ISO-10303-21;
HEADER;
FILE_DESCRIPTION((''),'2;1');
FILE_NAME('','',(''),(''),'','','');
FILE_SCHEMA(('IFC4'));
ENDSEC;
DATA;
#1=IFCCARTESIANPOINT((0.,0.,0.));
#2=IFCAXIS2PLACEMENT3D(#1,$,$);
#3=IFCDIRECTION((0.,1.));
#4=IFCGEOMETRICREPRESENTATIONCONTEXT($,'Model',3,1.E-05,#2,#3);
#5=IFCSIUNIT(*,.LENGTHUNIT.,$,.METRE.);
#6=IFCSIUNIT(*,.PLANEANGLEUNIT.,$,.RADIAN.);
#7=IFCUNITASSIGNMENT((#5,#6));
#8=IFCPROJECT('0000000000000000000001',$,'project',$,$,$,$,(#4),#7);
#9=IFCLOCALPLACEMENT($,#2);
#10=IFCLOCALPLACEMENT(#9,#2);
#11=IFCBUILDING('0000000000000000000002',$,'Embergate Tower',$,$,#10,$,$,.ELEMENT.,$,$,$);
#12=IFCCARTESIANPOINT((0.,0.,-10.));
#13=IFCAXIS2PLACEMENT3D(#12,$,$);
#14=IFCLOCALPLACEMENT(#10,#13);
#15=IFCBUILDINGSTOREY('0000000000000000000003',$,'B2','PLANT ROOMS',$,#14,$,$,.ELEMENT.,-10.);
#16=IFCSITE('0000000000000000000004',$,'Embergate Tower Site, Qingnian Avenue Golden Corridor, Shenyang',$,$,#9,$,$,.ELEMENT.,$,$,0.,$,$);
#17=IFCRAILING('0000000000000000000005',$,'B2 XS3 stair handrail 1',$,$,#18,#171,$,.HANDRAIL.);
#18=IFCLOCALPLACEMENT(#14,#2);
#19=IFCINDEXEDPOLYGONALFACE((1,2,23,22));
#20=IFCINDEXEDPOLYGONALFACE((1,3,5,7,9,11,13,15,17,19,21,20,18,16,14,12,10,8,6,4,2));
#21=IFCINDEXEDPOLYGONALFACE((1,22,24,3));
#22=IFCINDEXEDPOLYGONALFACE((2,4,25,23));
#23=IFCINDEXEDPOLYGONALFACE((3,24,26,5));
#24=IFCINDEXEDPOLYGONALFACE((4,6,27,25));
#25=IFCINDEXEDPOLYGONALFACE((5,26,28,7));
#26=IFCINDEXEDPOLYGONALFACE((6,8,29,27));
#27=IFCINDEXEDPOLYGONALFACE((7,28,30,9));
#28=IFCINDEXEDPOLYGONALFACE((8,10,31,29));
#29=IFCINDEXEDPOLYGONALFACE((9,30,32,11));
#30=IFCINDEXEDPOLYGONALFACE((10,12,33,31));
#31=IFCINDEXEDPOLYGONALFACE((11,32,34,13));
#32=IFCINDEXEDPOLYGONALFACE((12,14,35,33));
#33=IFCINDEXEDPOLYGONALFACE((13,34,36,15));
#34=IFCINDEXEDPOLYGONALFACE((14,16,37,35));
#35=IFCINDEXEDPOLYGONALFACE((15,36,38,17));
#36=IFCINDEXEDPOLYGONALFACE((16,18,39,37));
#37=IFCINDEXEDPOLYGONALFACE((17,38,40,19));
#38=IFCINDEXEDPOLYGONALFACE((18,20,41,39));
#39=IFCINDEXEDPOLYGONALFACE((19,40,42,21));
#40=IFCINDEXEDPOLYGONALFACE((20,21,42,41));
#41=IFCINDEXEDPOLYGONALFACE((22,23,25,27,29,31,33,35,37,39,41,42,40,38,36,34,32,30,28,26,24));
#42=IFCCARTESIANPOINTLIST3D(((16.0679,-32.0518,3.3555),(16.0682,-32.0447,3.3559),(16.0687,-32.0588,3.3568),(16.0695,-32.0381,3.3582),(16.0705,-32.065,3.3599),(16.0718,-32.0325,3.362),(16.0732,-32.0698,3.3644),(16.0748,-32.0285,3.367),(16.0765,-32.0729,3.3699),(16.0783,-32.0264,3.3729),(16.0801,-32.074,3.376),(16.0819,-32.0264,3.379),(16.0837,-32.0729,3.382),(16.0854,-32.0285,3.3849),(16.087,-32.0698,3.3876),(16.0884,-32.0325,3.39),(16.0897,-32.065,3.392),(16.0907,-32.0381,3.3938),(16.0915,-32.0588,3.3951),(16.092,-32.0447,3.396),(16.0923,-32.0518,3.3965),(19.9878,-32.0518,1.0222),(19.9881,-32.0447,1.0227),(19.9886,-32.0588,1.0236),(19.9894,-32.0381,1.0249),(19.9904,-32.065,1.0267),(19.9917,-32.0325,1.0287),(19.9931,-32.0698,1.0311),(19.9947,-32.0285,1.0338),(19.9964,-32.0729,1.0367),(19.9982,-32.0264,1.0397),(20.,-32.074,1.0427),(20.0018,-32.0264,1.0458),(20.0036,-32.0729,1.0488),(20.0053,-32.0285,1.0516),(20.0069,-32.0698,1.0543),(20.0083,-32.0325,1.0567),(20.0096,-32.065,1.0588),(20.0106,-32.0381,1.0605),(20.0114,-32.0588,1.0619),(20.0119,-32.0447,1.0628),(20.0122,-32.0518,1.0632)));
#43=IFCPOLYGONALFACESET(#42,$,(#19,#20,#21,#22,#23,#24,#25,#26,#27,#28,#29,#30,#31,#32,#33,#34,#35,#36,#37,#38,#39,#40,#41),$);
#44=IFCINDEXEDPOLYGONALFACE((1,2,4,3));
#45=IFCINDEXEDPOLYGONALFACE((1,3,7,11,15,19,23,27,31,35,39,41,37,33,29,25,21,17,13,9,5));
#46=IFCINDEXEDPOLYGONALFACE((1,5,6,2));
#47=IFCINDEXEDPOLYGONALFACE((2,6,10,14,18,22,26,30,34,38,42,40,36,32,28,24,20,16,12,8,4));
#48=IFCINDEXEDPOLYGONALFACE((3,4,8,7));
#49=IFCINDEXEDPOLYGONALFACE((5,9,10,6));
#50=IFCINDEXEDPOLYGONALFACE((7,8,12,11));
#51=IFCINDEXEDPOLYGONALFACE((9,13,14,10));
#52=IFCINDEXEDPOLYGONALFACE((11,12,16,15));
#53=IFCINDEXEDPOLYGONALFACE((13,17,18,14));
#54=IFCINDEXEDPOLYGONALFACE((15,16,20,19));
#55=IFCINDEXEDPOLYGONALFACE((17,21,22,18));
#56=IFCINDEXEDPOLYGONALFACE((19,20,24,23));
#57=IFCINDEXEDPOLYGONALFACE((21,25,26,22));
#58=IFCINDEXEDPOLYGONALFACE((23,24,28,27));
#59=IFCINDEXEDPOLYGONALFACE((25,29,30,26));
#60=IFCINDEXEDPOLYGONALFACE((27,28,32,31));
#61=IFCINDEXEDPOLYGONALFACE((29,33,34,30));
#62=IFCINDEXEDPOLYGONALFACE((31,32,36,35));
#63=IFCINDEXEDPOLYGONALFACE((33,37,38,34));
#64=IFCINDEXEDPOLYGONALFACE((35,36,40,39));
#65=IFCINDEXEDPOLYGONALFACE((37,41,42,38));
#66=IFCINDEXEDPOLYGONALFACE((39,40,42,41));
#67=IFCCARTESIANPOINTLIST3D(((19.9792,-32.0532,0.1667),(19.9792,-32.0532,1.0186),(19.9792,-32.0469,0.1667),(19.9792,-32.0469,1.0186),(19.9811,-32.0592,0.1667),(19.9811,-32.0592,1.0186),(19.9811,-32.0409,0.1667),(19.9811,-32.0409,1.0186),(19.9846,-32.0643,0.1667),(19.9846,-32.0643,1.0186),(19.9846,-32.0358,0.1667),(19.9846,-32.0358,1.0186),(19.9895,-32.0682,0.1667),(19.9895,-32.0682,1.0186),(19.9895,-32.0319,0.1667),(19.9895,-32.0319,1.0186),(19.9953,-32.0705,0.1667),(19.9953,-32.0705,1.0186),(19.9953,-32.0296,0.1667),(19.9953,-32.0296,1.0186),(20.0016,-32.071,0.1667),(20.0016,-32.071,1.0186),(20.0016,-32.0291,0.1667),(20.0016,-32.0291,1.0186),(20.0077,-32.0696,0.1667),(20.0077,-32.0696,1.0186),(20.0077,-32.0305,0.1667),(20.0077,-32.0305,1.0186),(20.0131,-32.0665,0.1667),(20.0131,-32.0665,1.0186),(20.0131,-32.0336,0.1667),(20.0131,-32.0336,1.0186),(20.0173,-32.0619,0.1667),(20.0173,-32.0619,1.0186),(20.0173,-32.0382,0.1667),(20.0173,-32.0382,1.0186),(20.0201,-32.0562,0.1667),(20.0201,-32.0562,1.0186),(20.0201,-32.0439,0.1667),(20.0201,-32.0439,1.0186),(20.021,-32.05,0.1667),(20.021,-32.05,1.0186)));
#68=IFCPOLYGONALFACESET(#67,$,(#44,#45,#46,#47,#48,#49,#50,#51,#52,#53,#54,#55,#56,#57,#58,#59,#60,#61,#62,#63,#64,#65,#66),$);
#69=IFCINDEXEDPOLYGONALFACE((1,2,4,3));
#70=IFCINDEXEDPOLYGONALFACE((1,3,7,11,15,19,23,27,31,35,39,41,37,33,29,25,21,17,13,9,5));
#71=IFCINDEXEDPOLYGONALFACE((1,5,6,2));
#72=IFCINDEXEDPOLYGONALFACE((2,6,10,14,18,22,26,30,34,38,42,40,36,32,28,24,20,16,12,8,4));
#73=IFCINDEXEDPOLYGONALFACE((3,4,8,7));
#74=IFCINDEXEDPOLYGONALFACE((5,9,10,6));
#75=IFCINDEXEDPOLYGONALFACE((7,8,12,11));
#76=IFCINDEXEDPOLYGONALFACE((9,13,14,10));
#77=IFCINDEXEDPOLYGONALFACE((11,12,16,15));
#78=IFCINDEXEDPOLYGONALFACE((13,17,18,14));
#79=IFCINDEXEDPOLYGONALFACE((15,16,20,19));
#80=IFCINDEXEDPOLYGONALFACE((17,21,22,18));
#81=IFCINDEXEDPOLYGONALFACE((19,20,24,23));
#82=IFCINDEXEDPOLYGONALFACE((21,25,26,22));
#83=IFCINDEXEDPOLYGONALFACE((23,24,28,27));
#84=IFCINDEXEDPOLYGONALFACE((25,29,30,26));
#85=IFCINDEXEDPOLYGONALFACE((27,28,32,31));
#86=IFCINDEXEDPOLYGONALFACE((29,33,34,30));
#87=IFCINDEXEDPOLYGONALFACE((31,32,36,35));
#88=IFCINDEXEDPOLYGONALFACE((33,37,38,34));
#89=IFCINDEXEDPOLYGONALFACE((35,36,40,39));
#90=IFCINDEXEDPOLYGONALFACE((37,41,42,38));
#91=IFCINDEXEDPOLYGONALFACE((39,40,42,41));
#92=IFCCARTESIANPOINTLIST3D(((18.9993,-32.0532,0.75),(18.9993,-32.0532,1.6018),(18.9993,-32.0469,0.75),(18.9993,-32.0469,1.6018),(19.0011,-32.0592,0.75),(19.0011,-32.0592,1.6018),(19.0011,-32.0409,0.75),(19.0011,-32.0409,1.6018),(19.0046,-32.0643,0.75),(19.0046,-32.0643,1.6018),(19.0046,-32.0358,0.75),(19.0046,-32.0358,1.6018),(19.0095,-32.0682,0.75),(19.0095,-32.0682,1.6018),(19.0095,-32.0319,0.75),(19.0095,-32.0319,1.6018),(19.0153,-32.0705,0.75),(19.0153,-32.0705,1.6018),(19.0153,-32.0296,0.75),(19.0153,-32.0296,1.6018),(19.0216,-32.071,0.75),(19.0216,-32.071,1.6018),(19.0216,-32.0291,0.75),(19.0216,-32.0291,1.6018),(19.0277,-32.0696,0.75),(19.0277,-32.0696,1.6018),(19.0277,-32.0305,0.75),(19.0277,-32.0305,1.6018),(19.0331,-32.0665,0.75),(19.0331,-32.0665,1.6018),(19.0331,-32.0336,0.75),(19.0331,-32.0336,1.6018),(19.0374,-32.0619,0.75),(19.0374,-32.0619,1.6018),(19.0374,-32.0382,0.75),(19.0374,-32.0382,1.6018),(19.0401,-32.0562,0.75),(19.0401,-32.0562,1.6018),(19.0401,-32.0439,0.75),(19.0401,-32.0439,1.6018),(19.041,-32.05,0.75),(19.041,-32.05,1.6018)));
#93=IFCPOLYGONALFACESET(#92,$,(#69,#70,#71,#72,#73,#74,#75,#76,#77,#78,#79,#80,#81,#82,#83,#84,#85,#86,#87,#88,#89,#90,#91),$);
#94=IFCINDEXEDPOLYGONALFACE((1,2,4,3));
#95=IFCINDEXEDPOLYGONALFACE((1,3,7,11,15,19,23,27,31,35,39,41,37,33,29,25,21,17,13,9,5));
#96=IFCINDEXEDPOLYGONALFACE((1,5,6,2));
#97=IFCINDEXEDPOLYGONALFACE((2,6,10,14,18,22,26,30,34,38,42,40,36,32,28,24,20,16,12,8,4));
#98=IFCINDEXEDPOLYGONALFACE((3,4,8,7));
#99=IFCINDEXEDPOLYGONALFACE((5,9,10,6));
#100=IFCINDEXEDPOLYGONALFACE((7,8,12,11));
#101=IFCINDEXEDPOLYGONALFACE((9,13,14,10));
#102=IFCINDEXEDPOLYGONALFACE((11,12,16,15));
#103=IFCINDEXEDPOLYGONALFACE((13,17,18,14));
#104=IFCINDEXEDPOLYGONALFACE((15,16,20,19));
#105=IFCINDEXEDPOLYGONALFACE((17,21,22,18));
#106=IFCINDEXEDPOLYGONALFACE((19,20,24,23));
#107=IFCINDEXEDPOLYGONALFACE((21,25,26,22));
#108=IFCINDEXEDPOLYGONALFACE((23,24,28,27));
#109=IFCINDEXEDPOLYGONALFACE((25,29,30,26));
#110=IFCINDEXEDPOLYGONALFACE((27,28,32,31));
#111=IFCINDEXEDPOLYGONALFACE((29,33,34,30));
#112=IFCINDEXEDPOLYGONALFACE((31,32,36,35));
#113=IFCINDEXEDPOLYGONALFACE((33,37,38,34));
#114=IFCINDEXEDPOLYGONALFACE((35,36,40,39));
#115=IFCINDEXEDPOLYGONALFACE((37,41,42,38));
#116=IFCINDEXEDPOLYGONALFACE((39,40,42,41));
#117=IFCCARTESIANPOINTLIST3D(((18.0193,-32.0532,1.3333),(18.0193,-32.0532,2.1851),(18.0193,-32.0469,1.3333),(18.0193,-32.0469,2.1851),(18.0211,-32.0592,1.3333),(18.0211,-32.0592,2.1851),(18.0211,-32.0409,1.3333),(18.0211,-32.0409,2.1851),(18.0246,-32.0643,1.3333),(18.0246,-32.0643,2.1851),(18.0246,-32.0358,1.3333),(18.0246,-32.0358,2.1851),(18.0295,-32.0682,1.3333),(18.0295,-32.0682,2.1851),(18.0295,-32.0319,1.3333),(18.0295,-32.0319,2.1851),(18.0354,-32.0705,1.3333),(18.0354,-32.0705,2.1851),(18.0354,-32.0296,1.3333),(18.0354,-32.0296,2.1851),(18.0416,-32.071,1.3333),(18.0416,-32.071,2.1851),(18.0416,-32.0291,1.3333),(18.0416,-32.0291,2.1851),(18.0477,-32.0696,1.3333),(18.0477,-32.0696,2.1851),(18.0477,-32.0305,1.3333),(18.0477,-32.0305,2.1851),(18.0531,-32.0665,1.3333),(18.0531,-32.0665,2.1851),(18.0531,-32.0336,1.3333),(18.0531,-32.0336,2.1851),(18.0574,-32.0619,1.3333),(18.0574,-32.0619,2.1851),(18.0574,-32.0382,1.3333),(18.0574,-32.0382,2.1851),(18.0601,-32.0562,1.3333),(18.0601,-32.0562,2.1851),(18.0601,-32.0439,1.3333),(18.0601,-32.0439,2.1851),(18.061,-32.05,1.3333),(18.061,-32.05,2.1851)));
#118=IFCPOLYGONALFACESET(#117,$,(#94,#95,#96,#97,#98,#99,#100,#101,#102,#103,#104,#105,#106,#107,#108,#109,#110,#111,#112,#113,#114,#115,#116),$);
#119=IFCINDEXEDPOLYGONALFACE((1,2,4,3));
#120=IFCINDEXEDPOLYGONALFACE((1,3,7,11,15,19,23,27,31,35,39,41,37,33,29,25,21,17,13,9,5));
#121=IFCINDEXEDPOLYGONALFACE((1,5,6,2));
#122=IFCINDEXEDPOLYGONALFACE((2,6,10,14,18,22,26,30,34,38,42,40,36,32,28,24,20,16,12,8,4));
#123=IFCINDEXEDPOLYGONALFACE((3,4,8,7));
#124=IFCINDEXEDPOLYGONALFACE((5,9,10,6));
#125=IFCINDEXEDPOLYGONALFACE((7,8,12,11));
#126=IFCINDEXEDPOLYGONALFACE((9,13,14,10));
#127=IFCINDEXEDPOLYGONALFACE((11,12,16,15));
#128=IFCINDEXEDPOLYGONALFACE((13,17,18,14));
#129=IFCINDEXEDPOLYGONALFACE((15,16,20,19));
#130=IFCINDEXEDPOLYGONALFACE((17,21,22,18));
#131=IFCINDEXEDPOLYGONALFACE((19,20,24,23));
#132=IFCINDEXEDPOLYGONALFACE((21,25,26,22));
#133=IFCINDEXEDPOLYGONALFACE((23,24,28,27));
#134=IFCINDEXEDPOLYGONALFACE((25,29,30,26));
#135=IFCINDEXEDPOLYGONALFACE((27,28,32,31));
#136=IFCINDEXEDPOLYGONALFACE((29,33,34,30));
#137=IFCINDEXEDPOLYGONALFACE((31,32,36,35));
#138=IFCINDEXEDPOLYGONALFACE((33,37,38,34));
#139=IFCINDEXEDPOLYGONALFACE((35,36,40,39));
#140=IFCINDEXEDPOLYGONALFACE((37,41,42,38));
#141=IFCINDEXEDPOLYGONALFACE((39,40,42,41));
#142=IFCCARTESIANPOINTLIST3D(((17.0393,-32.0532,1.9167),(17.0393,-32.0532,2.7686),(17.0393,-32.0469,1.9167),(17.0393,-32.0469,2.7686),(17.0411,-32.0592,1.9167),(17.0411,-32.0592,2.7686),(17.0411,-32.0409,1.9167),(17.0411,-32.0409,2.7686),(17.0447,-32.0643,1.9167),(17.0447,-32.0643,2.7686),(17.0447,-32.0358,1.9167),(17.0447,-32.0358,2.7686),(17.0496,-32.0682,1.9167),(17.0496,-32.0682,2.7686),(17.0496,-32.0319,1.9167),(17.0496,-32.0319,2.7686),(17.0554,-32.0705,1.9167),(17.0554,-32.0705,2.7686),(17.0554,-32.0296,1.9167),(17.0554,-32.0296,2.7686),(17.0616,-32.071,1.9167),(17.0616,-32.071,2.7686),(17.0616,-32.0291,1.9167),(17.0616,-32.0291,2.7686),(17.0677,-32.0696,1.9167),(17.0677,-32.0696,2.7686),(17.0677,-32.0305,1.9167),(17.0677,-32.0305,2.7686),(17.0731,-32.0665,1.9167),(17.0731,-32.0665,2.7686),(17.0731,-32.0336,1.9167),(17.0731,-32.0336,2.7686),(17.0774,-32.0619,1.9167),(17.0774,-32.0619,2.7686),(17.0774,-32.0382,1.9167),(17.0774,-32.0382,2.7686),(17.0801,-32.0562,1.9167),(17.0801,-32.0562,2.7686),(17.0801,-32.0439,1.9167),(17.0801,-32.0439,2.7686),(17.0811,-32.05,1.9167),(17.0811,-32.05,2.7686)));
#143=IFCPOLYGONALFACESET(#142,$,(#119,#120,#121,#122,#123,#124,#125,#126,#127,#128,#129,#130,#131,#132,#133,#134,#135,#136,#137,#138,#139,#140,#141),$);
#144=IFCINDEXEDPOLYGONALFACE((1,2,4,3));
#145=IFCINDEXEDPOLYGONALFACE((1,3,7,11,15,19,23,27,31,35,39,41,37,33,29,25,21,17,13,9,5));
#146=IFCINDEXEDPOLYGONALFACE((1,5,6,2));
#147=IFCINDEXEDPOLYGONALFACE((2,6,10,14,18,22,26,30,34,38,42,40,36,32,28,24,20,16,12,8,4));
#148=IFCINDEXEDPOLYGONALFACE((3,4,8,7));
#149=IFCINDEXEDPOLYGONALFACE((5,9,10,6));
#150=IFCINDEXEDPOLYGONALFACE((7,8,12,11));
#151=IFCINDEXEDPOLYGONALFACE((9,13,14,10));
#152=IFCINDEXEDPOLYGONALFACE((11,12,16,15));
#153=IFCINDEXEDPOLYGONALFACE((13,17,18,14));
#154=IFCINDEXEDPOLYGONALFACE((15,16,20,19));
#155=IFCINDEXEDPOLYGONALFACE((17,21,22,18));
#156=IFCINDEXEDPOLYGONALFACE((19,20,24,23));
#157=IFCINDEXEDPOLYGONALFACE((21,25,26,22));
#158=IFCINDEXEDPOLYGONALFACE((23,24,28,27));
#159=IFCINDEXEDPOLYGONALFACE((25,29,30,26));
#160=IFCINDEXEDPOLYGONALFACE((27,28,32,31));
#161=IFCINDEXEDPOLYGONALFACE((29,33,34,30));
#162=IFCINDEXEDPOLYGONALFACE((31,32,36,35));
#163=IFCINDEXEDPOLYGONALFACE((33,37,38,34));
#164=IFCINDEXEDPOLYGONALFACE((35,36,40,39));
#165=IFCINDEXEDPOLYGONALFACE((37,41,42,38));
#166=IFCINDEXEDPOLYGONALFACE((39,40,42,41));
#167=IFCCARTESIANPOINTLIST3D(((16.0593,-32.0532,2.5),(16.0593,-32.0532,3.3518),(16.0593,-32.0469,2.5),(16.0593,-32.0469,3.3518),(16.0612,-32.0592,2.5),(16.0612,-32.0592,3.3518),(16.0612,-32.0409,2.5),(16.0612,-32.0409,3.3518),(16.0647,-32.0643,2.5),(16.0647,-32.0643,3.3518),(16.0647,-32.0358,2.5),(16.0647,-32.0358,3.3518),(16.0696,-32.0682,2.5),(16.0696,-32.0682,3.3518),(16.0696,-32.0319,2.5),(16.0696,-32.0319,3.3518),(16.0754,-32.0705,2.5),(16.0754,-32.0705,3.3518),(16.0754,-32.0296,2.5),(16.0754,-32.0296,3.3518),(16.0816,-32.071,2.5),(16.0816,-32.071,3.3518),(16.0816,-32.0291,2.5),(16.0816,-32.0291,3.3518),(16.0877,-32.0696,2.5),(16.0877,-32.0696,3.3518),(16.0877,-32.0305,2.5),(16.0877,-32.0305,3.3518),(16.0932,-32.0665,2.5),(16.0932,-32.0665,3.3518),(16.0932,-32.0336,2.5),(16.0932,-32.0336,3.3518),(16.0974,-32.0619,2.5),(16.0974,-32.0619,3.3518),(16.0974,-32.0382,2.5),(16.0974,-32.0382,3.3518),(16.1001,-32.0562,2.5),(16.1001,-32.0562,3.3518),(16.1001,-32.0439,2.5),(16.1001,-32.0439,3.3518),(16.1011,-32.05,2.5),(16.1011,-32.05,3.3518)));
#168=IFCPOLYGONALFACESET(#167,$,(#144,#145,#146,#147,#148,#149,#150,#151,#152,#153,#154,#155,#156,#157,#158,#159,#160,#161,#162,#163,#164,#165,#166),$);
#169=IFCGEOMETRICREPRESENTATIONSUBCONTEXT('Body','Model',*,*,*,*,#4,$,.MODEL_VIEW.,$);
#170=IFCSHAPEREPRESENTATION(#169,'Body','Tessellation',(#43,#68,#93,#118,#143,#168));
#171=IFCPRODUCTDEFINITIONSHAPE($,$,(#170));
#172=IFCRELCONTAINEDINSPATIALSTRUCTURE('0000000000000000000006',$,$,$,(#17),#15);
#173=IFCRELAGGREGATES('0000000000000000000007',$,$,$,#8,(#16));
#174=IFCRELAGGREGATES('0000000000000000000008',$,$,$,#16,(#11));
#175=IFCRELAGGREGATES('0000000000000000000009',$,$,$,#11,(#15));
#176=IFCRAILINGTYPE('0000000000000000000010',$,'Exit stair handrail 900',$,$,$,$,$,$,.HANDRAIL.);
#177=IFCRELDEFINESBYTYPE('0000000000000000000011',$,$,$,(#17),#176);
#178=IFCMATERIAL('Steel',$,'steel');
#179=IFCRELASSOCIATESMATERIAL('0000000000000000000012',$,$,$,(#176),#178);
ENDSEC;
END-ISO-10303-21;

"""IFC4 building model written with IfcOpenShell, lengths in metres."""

from ifc_helpers import new_model, si_unit, direction, frame, origin, origin_2d, place, context, subcontext, project, spatial, circle, extrude, source, transform, mapped, material, type_object, element, save


model = new_model("IFC4")

# Units and contexts
model_context = context("Model", 3, precision=1e-05, world=origin(), true_north=direction((0.0, 1.0)))
body_context = subcontext(model_context, "Body", "Model", "MODEL_VIEW")
ifc_project = project(units=[si_unit("LENGTHUNIT", "METRE"), si_unit("PLANEANGLEUNIT", "RADIAN")], contexts=[model_context])

# Site, building, storey
site_placement = place(None, origin())
site = spatial("IfcSite", under=ifc_project, at=site_placement, Name="Embergate Tower Site, Qingnian Avenue Golden Corridor, Shenyang", CompositionType="ELEMENT", RefElevation=0.0)
building_placement = place(site_placement, origin())
building = spatial("IfcBuilding", under=site, at=building_placement, Name="Embergate Tower", CompositionType="ELEMENT")
storey_placement = place(building_placement, frame((0.0, 0.0, -10.0)))
storey = spatial("IfcBuildingStorey", under=building, at=storey_placement, Name="B2", Description="PLANT ROOMS", CompositionType="ELEMENT", Elevation=-10.0)

# Railing
ifc_material_1 = material(Name="Steel", Category="steel")
railing_type_1 = type_object("IfcRailingType", Name="Exit stair handrail 900", PredefinedType="HANDRAIL", material=ifc_material_1)
shared_shape_1 = source(origin(), body_context, "Body", "SweptSolid", [
    extrude(circle(Radius=0.0239, at=origin_2d()), frame((0.0, 0.0, 0.876), z_axis=(-0.859296, 0.0, 0.511478), x_axis=(0.0, -1.0, 0.0)), (0.0, 0.0, 1.0), 4.5618),
    extrude(circle(Radius=0.021, at=origin_2d()), origin(), (0.0, 0.0, 1.0), 0.8518),
    extrude(circle(Radius=0.021, at=origin_2d()), frame((-0.98, 0.0, 0.5833)), (0.0, 0.0, 1.0), 0.8518),
    extrude(circle(Radius=0.021, at=origin_2d()), frame((-1.96, 0.0, 1.1665)), (0.0, 0.0, 1.0), 0.8518),
    extrude(circle(Radius=0.021, at=origin_2d()), frame((-2.9399, 0.0, 1.75)), (0.0, 0.0, 1.0), 0.8518),
    extrude(circle(Radius=0.021, at=origin_2d()), frame((-3.9199, 0.0, 2.3333)), (0.0, 0.0, 1.0), 0.8518),
])
railing_1_placement = place(storey_placement, frame((20.0, -32.05, 0.1667)))
element("IfcRailing", 1, at=railing_1_placement, inside=storey, type_object=railing_type_1, Name="B2 XS3 stair handrail 1", PredefinedType="HANDRAIL", context=body_context, shape_type="MappedRepresentation", body=[
    mapped(shared_shape_1, transform((0.0, 0.0, 0.0))),
])

save(model, "model.ifc")
